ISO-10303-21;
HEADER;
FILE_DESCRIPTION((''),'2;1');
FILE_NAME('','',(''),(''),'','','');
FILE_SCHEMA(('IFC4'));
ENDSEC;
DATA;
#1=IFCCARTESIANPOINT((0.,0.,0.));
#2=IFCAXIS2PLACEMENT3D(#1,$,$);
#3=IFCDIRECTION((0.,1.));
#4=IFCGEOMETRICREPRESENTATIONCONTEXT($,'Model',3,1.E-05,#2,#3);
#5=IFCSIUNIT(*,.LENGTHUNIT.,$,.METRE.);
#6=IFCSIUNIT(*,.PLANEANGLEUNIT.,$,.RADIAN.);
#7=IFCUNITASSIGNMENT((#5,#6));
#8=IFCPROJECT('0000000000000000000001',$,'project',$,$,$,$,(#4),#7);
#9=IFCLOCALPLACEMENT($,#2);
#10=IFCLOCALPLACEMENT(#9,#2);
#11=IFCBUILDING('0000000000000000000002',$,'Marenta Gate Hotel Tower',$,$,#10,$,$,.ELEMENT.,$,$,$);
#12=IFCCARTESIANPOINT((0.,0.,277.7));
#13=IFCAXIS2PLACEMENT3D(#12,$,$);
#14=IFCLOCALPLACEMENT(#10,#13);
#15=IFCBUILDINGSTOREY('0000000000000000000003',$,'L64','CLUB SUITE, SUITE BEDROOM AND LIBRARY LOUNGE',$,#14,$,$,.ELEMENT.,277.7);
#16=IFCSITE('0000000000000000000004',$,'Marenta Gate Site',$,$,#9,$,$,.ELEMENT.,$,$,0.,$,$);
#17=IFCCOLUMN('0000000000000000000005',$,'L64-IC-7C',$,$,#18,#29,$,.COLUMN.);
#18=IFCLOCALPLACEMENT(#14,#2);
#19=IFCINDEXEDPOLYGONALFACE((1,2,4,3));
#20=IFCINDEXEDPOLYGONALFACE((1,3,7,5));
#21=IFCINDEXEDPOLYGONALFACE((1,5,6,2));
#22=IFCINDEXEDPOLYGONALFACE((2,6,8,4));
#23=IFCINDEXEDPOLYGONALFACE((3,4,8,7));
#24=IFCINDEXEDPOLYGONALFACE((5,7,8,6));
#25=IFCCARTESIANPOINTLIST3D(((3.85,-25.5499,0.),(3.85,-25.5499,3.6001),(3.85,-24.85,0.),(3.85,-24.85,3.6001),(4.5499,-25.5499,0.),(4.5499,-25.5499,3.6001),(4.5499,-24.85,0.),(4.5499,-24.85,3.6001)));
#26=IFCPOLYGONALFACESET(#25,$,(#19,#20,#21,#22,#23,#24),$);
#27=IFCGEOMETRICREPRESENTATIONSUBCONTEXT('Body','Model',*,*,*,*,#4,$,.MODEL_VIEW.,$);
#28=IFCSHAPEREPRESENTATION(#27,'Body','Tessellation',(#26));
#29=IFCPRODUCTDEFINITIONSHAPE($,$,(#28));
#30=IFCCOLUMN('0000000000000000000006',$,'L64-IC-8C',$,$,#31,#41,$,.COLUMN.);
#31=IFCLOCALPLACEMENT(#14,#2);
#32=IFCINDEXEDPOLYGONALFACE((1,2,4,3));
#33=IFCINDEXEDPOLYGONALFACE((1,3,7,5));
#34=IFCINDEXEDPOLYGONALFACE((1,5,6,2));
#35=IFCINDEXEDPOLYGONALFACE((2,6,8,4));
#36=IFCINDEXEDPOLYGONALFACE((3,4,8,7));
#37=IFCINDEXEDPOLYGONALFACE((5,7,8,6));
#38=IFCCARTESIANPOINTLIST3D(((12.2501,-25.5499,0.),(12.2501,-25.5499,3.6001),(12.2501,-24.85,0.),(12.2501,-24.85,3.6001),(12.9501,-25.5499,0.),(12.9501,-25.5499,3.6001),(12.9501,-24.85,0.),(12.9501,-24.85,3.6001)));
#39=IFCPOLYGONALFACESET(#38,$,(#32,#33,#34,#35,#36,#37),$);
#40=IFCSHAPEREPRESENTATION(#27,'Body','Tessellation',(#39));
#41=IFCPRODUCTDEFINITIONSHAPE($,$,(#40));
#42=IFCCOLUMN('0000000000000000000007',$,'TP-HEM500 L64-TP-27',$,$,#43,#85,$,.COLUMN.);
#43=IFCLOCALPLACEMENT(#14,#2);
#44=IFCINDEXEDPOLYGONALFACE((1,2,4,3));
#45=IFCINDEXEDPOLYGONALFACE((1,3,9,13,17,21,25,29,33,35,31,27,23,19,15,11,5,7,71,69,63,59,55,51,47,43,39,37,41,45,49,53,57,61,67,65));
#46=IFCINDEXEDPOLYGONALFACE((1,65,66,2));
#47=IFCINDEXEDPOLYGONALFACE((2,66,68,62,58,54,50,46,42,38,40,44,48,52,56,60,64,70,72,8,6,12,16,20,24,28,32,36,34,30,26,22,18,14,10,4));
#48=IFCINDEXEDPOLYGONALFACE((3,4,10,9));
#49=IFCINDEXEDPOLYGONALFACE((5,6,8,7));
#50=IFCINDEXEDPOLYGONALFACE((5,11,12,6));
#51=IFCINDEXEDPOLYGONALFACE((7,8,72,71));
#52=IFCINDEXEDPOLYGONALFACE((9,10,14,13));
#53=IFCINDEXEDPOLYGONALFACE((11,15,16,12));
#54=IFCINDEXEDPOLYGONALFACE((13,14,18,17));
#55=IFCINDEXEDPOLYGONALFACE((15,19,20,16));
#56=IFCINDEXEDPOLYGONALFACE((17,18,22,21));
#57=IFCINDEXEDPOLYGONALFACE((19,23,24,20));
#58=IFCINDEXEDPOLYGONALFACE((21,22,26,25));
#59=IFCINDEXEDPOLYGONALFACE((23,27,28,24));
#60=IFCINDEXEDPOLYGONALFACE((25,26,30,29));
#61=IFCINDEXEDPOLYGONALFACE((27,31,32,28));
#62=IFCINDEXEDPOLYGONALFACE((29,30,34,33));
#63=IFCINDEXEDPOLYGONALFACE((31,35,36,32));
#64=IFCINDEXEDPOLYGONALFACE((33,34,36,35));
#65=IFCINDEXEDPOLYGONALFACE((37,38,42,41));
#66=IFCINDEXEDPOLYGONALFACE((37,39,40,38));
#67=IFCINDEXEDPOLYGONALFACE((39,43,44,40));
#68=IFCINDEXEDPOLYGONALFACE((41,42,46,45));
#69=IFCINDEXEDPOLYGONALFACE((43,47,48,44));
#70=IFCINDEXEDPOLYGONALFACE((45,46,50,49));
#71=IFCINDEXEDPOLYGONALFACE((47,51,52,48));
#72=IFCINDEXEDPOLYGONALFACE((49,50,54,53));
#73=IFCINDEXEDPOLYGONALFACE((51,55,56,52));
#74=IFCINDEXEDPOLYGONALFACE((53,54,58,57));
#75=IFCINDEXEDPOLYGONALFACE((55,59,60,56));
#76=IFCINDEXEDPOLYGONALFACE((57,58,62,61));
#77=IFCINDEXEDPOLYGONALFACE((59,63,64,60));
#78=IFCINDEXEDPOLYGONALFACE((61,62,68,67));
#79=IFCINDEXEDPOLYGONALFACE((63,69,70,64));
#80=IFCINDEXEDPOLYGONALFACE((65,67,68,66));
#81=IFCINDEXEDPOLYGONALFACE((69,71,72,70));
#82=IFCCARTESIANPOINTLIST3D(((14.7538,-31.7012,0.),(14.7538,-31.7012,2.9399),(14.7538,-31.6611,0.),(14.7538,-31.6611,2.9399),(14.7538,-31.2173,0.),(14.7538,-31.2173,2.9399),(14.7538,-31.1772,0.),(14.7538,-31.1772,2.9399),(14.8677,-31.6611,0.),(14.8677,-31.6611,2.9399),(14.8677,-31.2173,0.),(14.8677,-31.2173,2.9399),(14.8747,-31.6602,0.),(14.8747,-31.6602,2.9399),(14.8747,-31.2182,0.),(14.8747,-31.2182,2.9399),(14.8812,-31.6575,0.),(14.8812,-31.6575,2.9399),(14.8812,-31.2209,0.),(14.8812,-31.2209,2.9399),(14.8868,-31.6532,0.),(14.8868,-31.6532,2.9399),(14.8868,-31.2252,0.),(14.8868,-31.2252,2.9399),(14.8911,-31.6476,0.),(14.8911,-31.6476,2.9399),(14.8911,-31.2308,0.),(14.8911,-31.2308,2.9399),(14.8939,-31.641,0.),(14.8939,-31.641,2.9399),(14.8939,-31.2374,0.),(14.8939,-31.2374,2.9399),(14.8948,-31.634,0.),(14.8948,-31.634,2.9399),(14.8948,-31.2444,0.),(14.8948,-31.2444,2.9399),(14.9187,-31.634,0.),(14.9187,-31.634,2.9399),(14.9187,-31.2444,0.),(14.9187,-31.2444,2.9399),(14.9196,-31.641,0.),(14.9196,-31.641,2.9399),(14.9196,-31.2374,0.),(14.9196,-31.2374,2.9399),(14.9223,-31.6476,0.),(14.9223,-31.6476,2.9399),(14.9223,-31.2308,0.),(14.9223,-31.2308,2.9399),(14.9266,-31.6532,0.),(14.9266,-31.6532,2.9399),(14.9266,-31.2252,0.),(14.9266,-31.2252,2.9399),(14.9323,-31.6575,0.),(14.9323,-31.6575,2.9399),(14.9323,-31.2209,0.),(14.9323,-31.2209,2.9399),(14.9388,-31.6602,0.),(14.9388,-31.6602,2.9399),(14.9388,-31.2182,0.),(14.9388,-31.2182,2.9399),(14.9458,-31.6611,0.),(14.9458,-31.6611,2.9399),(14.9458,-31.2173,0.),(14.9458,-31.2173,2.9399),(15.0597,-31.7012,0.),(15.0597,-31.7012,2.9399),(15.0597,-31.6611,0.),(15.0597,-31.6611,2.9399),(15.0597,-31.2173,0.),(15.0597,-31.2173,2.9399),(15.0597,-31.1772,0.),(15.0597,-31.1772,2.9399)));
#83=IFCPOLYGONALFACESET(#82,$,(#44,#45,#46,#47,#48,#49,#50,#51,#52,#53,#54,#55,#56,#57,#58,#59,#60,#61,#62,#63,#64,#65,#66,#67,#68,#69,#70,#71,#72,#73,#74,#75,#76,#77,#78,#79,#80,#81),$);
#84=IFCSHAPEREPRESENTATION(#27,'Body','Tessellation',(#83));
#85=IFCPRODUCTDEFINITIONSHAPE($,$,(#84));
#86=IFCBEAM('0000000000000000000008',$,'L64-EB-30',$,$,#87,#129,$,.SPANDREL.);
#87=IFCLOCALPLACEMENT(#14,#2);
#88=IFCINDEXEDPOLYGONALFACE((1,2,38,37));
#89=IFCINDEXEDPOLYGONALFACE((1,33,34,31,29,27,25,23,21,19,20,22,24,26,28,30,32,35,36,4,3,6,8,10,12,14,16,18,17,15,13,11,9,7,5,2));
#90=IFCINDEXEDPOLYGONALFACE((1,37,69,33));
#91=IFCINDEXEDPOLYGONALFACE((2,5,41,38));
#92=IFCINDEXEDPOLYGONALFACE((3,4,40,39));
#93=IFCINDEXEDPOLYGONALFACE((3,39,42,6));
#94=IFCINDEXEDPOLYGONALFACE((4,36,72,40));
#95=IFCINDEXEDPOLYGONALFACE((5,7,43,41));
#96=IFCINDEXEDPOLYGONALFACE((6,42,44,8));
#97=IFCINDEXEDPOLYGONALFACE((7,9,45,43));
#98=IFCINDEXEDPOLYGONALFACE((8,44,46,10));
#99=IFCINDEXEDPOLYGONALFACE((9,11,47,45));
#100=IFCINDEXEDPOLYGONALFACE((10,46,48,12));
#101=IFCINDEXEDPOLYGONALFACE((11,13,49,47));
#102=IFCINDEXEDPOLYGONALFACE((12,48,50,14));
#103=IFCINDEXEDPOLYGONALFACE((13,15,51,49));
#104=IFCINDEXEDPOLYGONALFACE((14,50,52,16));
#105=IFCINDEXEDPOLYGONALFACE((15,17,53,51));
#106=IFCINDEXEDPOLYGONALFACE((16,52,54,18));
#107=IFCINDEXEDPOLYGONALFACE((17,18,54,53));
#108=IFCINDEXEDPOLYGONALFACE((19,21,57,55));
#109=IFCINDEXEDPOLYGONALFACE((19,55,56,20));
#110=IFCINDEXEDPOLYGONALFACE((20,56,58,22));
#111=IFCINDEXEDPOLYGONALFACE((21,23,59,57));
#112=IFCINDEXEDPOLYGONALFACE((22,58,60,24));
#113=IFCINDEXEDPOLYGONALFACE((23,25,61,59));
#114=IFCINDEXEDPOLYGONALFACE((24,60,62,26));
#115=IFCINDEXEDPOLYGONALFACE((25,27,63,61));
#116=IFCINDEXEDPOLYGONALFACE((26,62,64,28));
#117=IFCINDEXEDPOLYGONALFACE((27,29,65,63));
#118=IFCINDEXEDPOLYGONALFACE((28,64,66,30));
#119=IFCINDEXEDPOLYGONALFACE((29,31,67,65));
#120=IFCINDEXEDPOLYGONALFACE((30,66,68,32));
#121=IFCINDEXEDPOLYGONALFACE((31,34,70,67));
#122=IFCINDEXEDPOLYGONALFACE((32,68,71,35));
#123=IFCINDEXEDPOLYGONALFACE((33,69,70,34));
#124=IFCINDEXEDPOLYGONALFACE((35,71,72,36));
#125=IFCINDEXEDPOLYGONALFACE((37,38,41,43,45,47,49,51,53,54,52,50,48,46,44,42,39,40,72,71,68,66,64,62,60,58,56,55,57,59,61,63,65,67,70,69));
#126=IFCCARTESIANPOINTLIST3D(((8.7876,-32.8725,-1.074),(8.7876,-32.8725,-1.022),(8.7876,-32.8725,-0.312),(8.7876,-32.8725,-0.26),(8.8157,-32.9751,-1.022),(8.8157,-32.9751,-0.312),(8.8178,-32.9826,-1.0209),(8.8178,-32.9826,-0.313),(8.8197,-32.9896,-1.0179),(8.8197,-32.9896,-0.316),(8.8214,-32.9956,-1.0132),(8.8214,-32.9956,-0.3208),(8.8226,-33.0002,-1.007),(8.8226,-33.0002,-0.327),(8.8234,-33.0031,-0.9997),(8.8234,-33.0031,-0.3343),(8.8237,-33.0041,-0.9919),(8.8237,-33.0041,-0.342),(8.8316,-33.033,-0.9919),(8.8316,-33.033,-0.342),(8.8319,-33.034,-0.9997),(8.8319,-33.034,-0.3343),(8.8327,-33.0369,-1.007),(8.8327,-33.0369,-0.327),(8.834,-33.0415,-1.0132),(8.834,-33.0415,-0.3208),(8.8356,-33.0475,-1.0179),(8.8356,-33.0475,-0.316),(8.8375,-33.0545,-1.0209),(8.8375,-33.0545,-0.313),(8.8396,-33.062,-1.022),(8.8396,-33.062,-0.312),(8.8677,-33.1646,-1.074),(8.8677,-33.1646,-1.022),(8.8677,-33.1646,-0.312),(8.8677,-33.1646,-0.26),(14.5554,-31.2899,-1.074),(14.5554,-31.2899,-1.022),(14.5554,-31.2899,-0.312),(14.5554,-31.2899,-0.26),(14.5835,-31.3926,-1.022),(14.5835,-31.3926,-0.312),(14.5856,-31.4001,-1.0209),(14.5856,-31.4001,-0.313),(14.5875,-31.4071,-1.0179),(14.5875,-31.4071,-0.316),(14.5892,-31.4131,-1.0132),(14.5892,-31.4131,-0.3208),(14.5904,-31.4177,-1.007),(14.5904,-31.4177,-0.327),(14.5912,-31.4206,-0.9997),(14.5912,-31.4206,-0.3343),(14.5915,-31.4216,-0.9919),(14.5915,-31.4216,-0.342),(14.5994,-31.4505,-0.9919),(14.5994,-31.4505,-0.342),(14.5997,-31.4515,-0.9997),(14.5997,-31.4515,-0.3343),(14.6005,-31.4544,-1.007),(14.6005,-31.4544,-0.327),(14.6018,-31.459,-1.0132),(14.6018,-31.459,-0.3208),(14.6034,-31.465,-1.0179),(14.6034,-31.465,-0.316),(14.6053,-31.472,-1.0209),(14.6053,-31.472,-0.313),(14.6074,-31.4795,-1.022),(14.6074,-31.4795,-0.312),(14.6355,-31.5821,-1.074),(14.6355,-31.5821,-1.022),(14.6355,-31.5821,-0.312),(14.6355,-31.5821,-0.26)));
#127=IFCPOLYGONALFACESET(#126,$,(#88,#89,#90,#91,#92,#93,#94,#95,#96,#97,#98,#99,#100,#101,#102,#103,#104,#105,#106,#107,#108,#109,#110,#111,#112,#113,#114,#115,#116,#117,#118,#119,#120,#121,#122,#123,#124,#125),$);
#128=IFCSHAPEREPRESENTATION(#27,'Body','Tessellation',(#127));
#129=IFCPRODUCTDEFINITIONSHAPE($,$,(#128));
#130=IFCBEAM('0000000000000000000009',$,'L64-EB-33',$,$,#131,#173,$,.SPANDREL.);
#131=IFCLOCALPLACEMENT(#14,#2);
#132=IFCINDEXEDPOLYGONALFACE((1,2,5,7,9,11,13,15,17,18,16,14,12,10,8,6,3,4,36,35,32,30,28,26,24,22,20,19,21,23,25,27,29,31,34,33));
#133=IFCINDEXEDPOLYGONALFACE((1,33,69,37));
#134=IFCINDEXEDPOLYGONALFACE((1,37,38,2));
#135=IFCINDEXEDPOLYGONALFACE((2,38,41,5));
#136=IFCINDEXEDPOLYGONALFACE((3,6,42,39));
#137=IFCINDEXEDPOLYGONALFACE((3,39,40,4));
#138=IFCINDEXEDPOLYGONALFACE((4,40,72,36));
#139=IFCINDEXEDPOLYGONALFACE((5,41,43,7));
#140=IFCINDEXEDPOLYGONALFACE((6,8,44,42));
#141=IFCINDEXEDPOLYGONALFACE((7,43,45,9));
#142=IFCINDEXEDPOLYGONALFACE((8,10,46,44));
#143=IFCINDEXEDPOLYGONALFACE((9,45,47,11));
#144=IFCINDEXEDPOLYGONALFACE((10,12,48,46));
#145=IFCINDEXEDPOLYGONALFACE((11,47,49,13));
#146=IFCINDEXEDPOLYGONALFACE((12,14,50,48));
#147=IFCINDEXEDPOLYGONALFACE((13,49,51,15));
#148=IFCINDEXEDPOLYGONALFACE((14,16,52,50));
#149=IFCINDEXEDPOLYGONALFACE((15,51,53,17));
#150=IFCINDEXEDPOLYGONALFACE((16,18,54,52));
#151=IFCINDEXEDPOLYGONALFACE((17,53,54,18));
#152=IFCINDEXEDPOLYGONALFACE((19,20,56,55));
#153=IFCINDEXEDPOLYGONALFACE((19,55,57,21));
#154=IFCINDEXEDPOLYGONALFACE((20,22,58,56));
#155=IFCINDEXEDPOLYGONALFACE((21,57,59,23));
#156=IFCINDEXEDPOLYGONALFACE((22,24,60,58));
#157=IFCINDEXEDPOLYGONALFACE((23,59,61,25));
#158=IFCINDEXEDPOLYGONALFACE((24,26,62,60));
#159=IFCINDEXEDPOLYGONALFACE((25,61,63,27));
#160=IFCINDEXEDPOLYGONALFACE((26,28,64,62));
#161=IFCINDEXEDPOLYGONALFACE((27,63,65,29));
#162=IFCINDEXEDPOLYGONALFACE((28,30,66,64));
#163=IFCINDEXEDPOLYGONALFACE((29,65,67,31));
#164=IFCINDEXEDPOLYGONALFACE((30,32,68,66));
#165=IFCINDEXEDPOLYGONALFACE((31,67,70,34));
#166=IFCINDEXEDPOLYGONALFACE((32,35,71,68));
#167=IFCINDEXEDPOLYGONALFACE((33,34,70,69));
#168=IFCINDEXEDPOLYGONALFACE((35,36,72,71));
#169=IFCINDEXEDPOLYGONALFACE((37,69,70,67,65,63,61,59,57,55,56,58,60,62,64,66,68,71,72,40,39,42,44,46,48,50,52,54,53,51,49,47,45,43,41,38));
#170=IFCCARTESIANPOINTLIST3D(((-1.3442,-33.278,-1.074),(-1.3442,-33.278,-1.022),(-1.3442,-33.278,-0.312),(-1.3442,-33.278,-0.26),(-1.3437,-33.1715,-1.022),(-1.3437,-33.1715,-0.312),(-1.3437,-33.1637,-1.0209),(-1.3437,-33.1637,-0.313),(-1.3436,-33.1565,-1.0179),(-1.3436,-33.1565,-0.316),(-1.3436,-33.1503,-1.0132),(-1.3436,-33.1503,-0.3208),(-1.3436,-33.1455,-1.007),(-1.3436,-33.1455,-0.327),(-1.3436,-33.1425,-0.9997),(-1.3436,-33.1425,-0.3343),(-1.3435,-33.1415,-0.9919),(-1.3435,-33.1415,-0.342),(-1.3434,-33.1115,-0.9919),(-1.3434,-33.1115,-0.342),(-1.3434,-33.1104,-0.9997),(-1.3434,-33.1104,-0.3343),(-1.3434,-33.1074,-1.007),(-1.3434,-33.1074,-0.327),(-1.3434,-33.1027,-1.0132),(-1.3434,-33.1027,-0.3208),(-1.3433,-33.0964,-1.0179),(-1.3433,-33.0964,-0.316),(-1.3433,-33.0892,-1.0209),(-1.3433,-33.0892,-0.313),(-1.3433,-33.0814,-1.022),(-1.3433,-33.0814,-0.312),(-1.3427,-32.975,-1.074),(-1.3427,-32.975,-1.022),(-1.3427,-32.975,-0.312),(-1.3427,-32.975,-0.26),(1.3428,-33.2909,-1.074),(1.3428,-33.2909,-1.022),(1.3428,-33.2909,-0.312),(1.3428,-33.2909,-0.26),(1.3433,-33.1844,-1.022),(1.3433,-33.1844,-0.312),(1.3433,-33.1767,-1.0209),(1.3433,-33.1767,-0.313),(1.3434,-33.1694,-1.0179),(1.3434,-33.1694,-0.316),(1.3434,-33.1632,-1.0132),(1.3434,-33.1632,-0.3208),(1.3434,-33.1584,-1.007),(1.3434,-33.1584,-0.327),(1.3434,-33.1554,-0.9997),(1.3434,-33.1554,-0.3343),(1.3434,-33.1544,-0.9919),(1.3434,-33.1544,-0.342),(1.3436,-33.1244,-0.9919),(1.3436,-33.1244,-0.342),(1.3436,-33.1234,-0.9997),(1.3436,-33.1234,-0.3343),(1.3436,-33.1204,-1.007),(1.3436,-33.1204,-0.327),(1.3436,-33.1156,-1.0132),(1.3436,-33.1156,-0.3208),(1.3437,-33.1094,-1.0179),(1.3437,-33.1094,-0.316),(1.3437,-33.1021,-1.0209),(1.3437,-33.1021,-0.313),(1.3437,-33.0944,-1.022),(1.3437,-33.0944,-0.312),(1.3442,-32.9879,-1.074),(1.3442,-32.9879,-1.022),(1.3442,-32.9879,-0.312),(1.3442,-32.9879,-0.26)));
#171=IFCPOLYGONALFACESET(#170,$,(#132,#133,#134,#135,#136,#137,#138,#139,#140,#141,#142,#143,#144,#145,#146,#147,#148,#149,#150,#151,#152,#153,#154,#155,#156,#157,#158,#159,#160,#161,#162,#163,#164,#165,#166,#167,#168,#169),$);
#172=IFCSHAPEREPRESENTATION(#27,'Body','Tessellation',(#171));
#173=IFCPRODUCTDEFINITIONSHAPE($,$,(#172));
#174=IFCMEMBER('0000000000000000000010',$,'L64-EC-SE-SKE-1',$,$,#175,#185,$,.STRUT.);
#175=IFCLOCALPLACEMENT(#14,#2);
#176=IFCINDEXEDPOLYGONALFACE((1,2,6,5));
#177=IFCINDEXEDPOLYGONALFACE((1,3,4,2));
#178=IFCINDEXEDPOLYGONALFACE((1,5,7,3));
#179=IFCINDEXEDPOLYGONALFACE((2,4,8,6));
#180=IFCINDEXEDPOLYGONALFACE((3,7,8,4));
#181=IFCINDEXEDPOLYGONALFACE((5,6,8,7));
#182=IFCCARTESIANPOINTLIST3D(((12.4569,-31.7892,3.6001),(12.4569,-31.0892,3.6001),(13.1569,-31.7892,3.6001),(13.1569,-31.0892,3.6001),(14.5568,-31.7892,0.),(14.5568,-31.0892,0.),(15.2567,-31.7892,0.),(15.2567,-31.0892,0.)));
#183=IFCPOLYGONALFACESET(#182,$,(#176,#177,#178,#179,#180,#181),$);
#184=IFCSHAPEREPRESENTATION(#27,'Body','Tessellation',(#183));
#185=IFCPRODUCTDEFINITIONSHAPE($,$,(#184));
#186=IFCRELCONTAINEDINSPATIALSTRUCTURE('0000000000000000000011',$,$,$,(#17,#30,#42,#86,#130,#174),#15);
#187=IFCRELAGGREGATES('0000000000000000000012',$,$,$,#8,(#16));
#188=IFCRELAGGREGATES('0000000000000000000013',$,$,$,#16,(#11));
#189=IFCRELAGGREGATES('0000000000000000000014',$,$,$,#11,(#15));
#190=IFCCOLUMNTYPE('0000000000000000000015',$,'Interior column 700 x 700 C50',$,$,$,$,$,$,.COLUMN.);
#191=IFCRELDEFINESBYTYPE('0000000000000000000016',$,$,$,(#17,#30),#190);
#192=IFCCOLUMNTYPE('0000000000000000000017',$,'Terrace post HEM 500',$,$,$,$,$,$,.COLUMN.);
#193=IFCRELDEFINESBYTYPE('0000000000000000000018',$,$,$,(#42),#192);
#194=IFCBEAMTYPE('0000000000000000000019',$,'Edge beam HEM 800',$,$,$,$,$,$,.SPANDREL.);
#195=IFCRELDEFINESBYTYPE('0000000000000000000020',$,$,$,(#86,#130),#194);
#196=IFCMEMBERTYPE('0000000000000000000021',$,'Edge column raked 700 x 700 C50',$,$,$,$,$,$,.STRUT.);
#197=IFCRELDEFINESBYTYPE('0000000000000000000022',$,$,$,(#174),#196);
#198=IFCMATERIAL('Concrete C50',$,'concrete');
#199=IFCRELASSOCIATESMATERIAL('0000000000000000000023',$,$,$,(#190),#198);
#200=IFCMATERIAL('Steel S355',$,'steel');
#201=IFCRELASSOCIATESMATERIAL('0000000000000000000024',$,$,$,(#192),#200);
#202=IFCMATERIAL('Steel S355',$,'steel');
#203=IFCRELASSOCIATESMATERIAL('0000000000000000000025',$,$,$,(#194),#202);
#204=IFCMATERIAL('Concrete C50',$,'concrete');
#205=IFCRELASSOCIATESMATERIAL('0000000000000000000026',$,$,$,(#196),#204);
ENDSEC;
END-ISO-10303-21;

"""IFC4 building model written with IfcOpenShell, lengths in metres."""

from ifc_helpers import new_model, si_unit, direction, frame, origin, origin_2d, place, context, subcontext, project, spatial, rectangle, i_section, extrude, material, material_profile, profile_set, type_object, element, save


model = new_model("IFC4")

# Units and contexts
model_context = context("Model", 3, precision=1e-05, world=origin(), true_north=direction((0.0, 1.0)))
body_context = subcontext(model_context, "Body", "Model", "MODEL_VIEW")
ifc_project = project(units=[si_unit("LENGTHUNIT", "METRE"), si_unit("PLANEANGLEUNIT", "RADIAN")], contexts=[model_context])

# Site, building, storey
site_placement = place(None, origin())
site = spatial("IfcSite", under=ifc_project, at=site_placement, Name="Marenta Gate Site", CompositionType="ELEMENT", RefElevation=0.0)
building_placement = place(site_placement, origin())
building = spatial("IfcBuilding", under=site, at=building_placement, Name="Marenta Gate Hotel Tower", CompositionType="ELEMENT")
storey_placement = place(building_placement, frame((0.0, 0.0, 277.7)))
storey = spatial("IfcBuildingStorey", under=building, at=storey_placement, Name="L64", Description="CLUB SUITE, SUITE BEDROOM AND LIBRARY LOUNGE", CompositionType="ELEMENT", Elevation=277.7)

# Columns
ifc_material_1 = material(Name="Concrete C50", Category="concrete")
ifc_material_profile_1 = material_profile(ifc_material_1, rectangle(XDim=0.7, YDim=0.7, at=origin_2d()), Name="700 x 700")
ifc_profile_set_1 = profile_set([ifc_material_profile_1], Name="Concrete C50")
column_type_1 = type_object("IfcColumnType", Name="Interior column 700 x 700 C50", PredefinedType="COLUMN", material=ifc_profile_set_1)
for number, where, z_axis, x_axis, name in (
    (1, (4.2, -25.2, 0.0), (0.0, 0.0, 1.0), (1.0, 0.0, 0.0), "L64-IC-7C"),
    (2, (12.6001, -25.2, 0.0), (0.0, 0.0, 1.0), (1.0, 0.0, 0.0), "L64-IC-8C"),
):
    element("IfcColumn", number, at=place(storey_placement, frame(where, z_axis=z_axis, x_axis=x_axis)), inside=storey, type_object=column_type_1, Name=name, PredefinedType="COLUMN", context=body_context, shape_type="SweptSolid", body=[
        extrude(rectangle(XDim=0.7, YDim=0.7, at=origin_2d()), origin(), (0.0, 0.0, 1.0), 3.6001),
    ])
ifc_material_2 = material(Name="Steel S355", Category="steel")
ifc_material_profile_2 = material_profile(ifc_material_2, i_section(OverallWidth=0.3059, OverallDepth=0.5239, WebThickness=0.0239, FlangeThickness=0.04, FilletRadius=0.0271, at=origin_2d()), Name="HEM 500")
ifc_profile_set_2 = profile_set([ifc_material_profile_2], Name="Steel S355")
column_type_2 = type_object("IfcColumnType", Name="Terrace post HEM 500", PredefinedType="COLUMN", material=ifc_profile_set_2)
column_placement = place(storey_placement, frame((14.9067, -31.4392, 0.0), z_axis=(0.0, 0.0, 1.0), x_axis=(1.0, 0.0, 0.0)))
element("IfcColumn", 3, at=column_placement, inside=storey, type_object=column_type_2, Name="TP-HEM500 L64-TP-27", PredefinedType="COLUMN", context=body_context, shape_type="SweptSolid", body=[
    extrude(i_section(OverallWidth=0.3059, OverallDepth=0.5239, WebThickness=0.0239, FlangeThickness=0.04, FilletRadius=0.0271, at=origin_2d()), origin(), (0.0, 0.0, 1.0), 2.9399),
])

# Beams
ifc_material_3 = material(Name="Steel S355", Category="steel")
ifc_material_profile_3 = material_profile(ifc_material_3, i_section(OverallWidth=0.303, OverallDepth=0.814, WebThickness=0.03, FlangeThickness=0.052, FilletRadius=0.03, at=origin_2d()), Name="HEM 800")
ifc_profile_set_3 = profile_set([ifc_material_profile_3], Name="Steel S355")
beam_type_1 = type_object("IfcBeamType", Name="Edge beam HEM 800", PredefinedType="SPANDREL", material=ifc_profile_set_3)
beam_1_placement = place(storey_placement, frame((14.5955, -31.436, -0.667), z_axis=(-0.96436, -0.264592, 0.0), x_axis=(0.264592, -0.96436, 0.0)))
element("IfcBeam", 4, at=beam_1_placement, inside=storey, type_object=beam_type_1, Name="L64-EB-30", PredefinedType="SPANDREL", context=body_context, shape_type="SweptSolid", body=[
    extrude(i_section(OverallWidth=0.303, OverallDepth=0.814, WebThickness=0.03, FlangeThickness=0.052, FilletRadius=0.03, at=origin_2d()), origin(), (0.0, 0.0, 1.0), 5.981),
])
beam_2_placement = place(storey_placement, frame((1.3435, -33.1394, -0.667), z_axis=(-0.999988, 0.004815, 0.0), x_axis=(-0.004815, -0.999988, 0.0)))
element("IfcBeam", 5, at=beam_2_placement, inside=storey, type_object=beam_type_1, Name="L64-EB-33", PredefinedType="SPANDREL", context=body_context, shape_type="SweptSolid", body=[
    extrude(i_section(OverallWidth=0.303, OverallDepth=0.814, WebThickness=0.03, FlangeThickness=0.052, FilletRadius=0.03, at=origin_2d()), origin(), (0.0, 0.0, 1.0), 2.687),
])

# Member
ifc_material_4 = material(Name="Concrete C50", Category="concrete")
ifc_material_profile_4 = material_profile(ifc_material_4, rectangle(XDim=0.7, YDim=0.7, at=origin_2d()), Name="700 x 700")
ifc_profile_set_4 = profile_set([ifc_material_profile_4], Name="Concrete C50")
member_type_1 = type_object("IfcMemberType", Name="Edge column raked 700 x 700 C50", PredefinedType="STRUT", material=ifc_profile_set_4)
member_1_placement = place(storey_placement, frame((14.9067, -31.4392, 0.0), z_axis=(0.0, 0.0, 1.0), x_axis=(1.0, 0.0, 0.0)))
element("IfcMember", 6, at=member_1_placement, inside=storey, type_object=member_type_1, Name="L64-EC-SE-SKE-1", PredefinedType="STRUT", context=body_context, shape_type="SweptSolid", body=[
    extrude(rectangle(XDim=0.7, YDim=0.7, at=origin_2d()), origin(), (-0.503835, 0.0, 0.8638), 4.1677),
])

save(model, "model.ifc")
